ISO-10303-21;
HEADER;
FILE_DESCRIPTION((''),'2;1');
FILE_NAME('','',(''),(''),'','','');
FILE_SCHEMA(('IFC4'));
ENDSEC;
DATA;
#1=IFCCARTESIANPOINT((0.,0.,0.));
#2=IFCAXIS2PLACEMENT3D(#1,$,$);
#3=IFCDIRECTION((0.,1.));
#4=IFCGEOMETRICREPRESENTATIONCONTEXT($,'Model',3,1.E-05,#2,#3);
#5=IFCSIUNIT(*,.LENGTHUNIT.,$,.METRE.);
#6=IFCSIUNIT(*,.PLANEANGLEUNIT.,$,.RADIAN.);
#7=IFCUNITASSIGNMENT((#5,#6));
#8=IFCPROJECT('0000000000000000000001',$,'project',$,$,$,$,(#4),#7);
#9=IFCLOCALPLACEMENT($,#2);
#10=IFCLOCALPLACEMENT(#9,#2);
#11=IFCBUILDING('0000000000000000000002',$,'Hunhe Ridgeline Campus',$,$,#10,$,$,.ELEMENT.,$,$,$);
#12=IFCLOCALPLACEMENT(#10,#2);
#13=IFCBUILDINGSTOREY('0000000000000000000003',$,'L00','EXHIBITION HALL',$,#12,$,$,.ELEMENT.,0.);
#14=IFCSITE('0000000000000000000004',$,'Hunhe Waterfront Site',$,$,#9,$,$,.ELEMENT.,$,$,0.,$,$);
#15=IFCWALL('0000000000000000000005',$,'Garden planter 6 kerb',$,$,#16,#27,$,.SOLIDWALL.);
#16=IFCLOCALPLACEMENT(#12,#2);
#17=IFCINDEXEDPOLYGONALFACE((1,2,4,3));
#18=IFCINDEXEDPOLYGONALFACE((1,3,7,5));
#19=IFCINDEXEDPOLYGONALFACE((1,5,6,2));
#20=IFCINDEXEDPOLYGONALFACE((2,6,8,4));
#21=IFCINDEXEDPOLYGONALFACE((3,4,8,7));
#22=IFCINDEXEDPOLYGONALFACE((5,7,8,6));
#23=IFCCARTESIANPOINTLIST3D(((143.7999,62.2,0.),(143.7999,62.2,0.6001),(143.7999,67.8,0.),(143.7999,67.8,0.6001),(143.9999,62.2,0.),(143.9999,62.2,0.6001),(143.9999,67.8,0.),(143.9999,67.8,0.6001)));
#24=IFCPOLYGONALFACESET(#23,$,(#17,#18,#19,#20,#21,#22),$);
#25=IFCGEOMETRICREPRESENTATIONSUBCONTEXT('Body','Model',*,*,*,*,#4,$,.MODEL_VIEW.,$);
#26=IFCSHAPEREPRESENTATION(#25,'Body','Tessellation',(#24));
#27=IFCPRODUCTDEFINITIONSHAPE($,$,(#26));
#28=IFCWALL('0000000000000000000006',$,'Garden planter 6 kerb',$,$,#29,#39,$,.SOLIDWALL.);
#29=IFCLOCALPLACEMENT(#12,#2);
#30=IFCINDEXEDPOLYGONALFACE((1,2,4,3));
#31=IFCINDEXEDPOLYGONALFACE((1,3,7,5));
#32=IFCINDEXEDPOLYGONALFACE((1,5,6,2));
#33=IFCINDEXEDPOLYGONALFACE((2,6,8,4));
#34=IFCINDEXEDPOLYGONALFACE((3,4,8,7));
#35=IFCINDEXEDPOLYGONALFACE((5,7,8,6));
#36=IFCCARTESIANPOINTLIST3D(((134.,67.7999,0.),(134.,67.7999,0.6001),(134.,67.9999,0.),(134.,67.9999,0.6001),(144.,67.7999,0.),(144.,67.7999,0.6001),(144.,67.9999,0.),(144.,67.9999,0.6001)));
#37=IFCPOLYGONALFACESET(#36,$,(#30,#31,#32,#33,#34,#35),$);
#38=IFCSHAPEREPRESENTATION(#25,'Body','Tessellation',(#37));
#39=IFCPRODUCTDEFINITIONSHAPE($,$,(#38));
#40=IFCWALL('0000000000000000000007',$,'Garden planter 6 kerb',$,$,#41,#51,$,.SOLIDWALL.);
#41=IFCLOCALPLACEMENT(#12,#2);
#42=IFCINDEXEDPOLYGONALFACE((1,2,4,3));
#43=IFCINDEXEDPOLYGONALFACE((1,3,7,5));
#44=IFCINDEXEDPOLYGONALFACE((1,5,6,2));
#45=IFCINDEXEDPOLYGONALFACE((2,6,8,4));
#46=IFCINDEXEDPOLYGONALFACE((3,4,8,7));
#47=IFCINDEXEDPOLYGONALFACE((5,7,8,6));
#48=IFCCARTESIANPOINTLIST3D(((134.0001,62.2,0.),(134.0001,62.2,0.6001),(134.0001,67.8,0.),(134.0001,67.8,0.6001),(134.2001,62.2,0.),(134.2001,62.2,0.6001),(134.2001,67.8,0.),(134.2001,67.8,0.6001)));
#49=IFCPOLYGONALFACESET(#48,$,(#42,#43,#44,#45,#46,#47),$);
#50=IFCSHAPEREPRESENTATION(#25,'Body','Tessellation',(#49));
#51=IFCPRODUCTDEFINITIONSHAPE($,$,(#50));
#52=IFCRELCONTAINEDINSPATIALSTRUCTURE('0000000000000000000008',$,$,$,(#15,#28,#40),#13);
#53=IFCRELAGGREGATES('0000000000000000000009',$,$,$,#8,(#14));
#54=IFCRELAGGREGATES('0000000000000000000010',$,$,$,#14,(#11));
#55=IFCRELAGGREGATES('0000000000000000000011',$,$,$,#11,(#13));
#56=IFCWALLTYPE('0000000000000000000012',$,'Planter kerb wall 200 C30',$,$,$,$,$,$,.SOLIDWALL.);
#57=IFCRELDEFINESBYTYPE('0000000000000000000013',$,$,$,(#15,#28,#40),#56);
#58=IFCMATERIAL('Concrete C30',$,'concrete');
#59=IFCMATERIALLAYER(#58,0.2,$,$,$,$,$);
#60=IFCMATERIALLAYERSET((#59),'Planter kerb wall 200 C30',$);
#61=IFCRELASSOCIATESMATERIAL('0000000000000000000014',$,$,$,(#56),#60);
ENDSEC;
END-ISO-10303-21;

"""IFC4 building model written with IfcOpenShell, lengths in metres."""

from ifc_helpers import new_model, si_unit, direction, frame, frame_2d, origin, place, context, subcontext, project, spatial, rectangle, extrude, material, layer, layer_set, type_object, element, save


model = new_model("IFC4")

# Units and contexts
model_context = context("Model", 3, precision=1e-05, world=origin(), true_north=direction((0.0, 1.0)))
body_context = subcontext(model_context, "Body", "Model", "MODEL_VIEW")
ifc_project = project(units=[si_unit("LENGTHUNIT", "METRE"), si_unit("PLANEANGLEUNIT", "RADIAN")], contexts=[model_context])

# Site, building, storey
site_placement = place(None, origin())
site = spatial("IfcSite", under=ifc_project, at=site_placement, Name="Hunhe Waterfront Site", CompositionType="ELEMENT", RefElevation=0.0)
building_placement = place(site_placement, origin())
building = spatial("IfcBuilding", under=site, at=building_placement, Name="Hunhe Ridgeline Campus", CompositionType="ELEMENT")
storey_placement = place(building_placement, origin())
storey = spatial("IfcBuildingStorey", under=building, at=storey_placement, Name="L00", Description="EXHIBITION HALL", CompositionType="ELEMENT", Elevation=0.0)

# Walls
ifc_material_1 = material(Name="Concrete C30", Category="concrete")
ifc_layer_1 = layer(ifc_material_1, 0.2)
ifc_layer_set_1 = layer_set([ifc_layer_1], Name="Planter kerb wall 200 C30")
wall_type_1 = type_object("IfcWallType", Name="Planter kerb wall 200 C30", PredefinedType="SOLIDWALL", material=ifc_layer_set_1)
wall_1_placement = place(storey_placement, frame((143.8999, 62.2, 0.0), z_axis=(0.0, 0.0, 1.0), x_axis=(0.0, 1.0, 0.0)))
element("IfcWall", 1, at=wall_1_placement, inside=storey, type_object=wall_type_1, Name="Garden planter 6 kerb", PredefinedType="SOLIDWALL", context=body_context, shape_type="SweptSolid", body=[
    extrude(rectangle(XDim=5.6001, YDim=0.2, at=frame_2d((2.8, 0.0))), origin(), (0.0, 0.0, 1.0), 0.6001),
])
wall_2_placement = place(storey_placement, frame((144.0, 67.8999, 0.0), z_axis=(0.0, 0.0, 1.0), x_axis=(-1.0, 0.0, 0.0)))
element("IfcWall", 2, at=wall_2_placement, inside=storey, type_object=wall_type_1, Name="Garden planter 6 kerb", PredefinedType="SOLIDWALL", context=body_context, shape_type="SweptSolid", body=[
    extrude(rectangle(XDim=10.0, YDim=0.2, at=frame_2d((5.0, 0.0))), origin(), (0.0, 0.0, 1.0), 0.6001),
])
wall_3_placement = place(storey_placement, frame((134.1001, 67.8, 0.0), z_axis=(0.0, 0.0, 1.0), x_axis=(0.0, -1.0, 0.0)))
element("IfcWall", 3, at=wall_3_placement, inside=storey, type_object=wall_type_1, Name="Garden planter 6 kerb", PredefinedType="SOLIDWALL", context=body_context, shape_type="SweptSolid", body=[
    extrude(rectangle(XDim=5.6001, YDim=0.2, at=frame_2d((2.8, 0.0))), origin(), (0.0, 0.0, 1.0), 0.6001),
])

save(model, "model.ifc")
